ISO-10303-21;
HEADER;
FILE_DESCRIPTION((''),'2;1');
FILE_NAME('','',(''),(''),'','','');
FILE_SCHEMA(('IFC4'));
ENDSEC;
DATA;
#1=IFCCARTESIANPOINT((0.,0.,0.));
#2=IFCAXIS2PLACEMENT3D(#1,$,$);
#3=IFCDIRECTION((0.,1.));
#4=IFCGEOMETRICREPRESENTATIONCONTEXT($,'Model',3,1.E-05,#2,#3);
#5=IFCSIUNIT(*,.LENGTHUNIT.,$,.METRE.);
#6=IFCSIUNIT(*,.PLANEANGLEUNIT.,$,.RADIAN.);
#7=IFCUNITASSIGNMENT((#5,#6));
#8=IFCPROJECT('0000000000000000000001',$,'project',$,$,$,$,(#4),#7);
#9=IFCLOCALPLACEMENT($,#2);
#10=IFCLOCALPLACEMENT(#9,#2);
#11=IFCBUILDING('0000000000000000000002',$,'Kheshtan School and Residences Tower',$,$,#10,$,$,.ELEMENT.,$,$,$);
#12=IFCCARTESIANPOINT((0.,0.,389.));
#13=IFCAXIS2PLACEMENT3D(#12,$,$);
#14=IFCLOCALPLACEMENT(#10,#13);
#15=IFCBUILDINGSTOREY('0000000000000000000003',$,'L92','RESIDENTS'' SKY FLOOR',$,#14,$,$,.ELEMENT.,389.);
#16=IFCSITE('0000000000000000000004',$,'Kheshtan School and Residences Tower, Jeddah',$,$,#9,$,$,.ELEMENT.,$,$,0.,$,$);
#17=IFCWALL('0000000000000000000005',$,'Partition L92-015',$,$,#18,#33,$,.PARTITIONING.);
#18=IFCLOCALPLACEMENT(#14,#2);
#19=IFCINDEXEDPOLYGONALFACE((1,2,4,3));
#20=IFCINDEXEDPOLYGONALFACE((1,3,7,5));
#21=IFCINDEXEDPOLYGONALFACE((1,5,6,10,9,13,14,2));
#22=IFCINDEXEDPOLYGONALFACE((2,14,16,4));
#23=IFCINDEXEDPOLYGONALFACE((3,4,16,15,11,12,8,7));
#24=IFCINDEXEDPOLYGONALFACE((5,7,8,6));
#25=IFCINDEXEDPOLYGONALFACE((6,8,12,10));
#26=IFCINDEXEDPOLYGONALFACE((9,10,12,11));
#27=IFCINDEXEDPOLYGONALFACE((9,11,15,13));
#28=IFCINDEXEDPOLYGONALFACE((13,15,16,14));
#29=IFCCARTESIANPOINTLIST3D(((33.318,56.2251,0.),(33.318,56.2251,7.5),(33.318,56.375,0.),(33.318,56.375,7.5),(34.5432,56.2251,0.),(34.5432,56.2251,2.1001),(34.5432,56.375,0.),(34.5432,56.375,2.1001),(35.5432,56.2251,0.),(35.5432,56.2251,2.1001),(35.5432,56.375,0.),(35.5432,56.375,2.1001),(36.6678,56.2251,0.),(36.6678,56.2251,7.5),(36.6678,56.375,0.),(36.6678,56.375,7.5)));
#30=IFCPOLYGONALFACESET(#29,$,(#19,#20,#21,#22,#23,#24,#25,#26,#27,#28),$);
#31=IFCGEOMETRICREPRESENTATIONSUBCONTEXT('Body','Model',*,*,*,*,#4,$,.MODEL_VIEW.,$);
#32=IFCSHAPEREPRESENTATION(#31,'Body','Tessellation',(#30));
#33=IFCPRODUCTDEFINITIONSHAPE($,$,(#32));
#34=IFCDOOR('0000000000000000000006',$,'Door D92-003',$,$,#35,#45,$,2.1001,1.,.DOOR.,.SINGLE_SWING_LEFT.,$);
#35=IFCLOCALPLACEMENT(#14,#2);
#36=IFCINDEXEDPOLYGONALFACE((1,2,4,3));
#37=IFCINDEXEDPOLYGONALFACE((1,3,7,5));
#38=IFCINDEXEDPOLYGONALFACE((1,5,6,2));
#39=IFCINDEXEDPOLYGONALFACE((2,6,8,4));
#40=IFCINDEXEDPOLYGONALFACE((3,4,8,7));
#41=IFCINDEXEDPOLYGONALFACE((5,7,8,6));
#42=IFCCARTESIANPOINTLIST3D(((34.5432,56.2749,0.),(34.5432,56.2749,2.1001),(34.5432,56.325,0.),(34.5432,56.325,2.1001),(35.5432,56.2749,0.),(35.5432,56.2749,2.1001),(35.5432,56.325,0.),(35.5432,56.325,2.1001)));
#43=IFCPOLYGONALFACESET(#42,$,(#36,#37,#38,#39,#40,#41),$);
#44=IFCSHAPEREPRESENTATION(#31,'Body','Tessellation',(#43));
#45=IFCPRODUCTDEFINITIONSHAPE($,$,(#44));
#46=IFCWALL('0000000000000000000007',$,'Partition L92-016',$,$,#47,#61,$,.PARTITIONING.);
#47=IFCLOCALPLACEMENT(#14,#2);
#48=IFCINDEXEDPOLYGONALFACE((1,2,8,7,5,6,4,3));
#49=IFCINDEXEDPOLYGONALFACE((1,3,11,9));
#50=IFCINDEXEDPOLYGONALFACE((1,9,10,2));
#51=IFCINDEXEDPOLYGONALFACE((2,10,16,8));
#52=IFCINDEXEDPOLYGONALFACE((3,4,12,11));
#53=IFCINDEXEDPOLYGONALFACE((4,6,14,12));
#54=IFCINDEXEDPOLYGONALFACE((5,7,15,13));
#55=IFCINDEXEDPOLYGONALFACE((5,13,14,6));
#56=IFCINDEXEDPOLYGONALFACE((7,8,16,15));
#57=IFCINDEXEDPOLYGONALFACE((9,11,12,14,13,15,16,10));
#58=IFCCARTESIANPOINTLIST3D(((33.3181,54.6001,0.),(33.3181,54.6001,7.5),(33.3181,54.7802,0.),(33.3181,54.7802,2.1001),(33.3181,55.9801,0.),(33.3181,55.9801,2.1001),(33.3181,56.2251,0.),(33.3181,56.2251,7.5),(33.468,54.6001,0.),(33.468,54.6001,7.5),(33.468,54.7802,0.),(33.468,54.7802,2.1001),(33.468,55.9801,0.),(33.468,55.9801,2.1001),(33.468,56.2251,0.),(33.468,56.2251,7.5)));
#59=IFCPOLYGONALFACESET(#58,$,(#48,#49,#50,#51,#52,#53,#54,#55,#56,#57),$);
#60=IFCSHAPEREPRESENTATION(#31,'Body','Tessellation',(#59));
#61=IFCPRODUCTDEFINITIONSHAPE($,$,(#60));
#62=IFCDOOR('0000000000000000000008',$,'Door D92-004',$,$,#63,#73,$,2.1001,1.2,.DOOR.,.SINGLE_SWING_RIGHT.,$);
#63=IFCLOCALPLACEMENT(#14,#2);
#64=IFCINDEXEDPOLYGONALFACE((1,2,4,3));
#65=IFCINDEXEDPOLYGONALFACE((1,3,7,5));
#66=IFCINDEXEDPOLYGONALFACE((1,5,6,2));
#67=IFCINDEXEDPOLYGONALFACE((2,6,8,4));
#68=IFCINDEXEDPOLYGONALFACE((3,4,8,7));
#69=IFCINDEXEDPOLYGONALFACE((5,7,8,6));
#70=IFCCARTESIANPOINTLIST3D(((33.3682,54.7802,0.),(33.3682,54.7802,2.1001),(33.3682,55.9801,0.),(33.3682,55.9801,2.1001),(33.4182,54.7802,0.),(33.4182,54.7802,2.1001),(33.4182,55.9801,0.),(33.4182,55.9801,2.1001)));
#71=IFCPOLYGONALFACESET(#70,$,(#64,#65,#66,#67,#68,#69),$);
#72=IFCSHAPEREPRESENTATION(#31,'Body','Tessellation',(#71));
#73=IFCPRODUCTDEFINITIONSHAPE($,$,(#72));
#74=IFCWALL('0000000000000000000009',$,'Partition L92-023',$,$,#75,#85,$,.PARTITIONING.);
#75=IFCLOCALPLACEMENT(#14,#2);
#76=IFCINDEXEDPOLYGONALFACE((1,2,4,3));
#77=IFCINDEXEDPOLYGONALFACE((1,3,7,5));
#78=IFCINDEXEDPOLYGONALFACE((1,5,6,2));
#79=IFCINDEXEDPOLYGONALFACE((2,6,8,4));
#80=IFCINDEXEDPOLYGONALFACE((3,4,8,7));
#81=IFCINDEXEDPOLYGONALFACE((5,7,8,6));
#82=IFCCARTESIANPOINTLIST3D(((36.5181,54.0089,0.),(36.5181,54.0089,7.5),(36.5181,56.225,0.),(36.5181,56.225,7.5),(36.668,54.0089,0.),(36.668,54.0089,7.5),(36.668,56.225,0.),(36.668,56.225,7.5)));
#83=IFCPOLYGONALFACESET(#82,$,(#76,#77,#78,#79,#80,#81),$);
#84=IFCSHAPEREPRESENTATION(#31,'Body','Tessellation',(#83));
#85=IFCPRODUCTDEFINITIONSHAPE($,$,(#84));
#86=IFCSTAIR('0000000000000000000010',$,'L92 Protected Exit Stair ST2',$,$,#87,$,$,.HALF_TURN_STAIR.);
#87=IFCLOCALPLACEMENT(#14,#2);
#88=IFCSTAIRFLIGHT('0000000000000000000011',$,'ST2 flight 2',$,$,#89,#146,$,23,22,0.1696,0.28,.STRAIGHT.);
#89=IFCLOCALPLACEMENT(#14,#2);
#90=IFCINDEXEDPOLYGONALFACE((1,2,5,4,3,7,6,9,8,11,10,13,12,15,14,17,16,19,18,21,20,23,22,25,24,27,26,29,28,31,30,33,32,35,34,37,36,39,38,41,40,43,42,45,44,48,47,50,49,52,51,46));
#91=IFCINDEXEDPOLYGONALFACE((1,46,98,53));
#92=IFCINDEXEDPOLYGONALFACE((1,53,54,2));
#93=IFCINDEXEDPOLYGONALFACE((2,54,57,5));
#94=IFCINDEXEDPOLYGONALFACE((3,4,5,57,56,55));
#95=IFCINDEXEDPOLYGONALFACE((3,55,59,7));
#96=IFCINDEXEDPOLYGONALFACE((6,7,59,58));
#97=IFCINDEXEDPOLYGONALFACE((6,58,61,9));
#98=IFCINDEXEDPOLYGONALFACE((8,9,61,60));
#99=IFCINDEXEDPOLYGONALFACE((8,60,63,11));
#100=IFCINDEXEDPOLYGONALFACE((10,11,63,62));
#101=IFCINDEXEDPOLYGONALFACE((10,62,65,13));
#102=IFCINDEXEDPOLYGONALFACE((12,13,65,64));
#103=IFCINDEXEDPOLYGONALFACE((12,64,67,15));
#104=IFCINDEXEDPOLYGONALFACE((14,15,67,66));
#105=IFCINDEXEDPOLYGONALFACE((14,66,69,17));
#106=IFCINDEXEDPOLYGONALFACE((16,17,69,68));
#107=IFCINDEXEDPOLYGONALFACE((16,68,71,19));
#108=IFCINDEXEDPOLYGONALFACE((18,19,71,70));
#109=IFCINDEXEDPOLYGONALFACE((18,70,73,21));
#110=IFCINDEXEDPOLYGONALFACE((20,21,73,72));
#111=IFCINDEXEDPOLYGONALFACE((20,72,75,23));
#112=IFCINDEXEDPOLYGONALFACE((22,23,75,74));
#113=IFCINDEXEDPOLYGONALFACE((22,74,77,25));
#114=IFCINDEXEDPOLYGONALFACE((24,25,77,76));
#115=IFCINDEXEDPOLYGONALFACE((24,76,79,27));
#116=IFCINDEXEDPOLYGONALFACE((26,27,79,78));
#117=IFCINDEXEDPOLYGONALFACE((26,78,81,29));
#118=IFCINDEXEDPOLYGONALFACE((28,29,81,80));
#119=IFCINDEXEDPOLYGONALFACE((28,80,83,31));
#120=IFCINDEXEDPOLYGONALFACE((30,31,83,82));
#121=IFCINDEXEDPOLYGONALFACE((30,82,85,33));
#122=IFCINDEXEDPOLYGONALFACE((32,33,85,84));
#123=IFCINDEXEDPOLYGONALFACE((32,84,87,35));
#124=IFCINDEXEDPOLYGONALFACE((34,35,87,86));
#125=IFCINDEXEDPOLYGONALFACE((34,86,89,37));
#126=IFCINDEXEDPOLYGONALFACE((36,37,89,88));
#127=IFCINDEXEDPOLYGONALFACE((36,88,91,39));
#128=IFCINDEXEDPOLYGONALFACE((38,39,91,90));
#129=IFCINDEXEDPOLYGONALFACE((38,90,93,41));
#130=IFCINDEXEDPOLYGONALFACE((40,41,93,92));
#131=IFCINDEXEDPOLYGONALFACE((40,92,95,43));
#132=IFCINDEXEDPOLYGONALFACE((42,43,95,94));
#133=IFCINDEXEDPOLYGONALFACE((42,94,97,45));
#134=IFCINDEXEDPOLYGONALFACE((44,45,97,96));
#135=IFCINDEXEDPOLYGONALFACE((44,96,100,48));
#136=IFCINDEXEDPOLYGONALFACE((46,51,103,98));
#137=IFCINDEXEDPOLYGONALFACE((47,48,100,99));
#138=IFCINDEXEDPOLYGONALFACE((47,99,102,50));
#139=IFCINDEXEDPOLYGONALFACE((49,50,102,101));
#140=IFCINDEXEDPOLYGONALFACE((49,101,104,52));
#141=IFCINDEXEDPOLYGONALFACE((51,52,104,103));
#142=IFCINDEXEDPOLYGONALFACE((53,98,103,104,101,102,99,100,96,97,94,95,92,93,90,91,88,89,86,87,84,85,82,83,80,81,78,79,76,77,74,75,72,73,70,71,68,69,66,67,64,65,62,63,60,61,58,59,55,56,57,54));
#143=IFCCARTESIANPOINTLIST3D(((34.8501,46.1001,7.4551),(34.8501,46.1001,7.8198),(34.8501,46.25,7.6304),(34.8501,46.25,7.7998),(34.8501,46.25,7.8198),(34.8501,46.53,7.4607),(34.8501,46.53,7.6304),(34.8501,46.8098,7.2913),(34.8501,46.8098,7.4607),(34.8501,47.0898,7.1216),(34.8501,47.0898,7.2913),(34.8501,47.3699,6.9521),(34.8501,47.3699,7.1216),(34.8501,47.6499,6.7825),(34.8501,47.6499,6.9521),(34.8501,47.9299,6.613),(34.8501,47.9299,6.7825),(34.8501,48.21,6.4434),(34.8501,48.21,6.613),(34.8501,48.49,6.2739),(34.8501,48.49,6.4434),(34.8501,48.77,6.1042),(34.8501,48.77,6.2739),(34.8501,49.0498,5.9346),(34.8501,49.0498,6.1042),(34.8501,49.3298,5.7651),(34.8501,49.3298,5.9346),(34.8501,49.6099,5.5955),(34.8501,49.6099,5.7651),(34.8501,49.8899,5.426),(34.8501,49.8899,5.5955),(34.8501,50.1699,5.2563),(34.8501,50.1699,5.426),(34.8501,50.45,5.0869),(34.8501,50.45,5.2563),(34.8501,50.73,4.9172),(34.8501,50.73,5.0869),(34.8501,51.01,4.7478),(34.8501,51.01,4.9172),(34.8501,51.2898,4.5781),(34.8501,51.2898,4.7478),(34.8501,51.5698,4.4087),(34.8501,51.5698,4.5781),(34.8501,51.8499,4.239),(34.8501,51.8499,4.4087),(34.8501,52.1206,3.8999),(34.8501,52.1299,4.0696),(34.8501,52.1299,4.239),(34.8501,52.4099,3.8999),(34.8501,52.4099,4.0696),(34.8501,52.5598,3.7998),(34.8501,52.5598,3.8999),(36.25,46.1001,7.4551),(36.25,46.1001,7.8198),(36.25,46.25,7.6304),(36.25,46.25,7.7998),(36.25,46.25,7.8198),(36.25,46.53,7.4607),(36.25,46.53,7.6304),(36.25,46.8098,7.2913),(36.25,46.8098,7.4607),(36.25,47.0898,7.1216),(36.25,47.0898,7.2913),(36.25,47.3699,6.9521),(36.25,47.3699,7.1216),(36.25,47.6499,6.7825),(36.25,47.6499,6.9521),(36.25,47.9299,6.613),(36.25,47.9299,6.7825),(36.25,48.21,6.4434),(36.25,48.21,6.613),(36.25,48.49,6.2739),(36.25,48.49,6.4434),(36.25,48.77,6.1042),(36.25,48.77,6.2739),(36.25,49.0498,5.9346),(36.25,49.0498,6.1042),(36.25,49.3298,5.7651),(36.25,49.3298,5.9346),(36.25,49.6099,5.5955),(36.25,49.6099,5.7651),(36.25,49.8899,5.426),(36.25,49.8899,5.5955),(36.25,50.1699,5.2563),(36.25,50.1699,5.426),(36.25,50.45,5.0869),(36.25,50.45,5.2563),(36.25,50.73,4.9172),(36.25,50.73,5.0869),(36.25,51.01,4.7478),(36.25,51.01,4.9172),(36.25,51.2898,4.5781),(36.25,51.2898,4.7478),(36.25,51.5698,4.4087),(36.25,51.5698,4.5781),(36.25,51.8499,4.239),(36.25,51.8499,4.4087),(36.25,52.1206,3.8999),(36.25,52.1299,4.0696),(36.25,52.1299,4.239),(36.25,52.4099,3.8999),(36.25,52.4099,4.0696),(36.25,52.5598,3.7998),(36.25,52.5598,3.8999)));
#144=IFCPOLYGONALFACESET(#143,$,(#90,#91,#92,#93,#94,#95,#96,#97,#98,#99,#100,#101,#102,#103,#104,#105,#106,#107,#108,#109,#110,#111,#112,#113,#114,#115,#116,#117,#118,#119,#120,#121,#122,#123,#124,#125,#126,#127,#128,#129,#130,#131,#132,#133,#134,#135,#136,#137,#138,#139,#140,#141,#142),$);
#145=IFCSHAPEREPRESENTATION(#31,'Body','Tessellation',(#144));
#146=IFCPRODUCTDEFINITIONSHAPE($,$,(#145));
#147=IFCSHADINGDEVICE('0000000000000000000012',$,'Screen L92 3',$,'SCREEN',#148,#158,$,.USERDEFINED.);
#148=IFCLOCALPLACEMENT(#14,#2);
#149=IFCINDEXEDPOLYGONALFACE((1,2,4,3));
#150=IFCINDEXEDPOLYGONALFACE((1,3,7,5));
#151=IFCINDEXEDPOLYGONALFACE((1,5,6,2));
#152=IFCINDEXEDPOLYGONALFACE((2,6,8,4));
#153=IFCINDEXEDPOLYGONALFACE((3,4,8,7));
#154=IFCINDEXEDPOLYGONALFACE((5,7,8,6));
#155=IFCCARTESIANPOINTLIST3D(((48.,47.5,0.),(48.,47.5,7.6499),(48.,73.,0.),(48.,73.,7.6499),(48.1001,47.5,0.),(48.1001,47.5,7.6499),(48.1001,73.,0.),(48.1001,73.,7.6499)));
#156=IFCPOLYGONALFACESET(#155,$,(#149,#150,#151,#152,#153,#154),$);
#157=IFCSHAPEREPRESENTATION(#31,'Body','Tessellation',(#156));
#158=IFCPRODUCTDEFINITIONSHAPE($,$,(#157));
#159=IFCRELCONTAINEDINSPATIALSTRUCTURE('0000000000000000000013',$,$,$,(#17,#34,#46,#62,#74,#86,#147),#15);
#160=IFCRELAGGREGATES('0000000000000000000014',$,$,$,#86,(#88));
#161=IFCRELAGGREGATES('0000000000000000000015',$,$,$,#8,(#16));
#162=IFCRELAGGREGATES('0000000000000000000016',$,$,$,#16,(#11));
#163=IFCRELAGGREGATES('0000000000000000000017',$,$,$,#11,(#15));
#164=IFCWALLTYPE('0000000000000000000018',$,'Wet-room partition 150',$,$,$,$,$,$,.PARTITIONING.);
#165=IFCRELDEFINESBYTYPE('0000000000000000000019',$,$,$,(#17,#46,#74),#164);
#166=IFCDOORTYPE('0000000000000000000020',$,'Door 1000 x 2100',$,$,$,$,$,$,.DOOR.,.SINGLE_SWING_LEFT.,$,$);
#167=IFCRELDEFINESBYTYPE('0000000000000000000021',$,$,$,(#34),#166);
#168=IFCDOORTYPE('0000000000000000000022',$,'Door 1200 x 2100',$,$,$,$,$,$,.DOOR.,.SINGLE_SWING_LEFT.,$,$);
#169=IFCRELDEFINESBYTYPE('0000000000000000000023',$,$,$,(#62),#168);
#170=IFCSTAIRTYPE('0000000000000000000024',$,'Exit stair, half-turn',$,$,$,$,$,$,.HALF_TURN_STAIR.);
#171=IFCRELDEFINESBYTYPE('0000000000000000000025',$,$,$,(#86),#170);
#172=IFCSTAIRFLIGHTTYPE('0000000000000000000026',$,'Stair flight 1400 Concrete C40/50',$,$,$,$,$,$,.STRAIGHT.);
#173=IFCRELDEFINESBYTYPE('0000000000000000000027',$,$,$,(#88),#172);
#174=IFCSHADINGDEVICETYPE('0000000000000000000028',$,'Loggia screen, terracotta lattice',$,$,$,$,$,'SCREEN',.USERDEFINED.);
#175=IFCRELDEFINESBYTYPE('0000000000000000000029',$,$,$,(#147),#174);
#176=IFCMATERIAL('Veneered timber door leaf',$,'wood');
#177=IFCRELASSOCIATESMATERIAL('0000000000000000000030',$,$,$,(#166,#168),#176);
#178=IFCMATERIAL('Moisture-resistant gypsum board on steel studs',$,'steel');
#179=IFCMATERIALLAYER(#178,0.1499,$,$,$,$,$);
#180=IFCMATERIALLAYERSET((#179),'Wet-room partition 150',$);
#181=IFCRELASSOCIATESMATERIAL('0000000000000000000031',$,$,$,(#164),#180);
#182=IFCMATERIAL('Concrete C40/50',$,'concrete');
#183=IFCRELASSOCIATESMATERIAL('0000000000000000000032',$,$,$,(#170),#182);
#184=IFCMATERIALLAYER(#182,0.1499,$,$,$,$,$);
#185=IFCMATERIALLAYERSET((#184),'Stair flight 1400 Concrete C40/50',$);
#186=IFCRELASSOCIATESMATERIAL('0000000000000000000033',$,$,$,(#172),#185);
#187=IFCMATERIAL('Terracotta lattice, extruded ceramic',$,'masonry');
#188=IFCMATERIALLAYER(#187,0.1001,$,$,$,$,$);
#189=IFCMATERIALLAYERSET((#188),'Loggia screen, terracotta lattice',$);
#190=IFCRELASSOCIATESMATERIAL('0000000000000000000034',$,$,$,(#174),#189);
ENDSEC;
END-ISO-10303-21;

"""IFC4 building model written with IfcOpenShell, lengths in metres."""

from ifc_helpers import new_model, si_unit, direction, frame, frame_2d, origin, origin_2d, place, context, subcontext, project, spatial, polyline, rectangle, outline, extrude, source, transform, mapped, material, layer, layer_set, type_object, element, fill, aggregate, save


model = new_model("IFC4")

# Units and contexts
model_context = context("Model", 3, precision=1e-05, world=origin(), true_north=direction((0.0, 1.0)))
body_context = subcontext(model_context, "Body", "Model", "MODEL_VIEW")
ifc_project = project(units=[si_unit("LENGTHUNIT", "METRE"), si_unit("PLANEANGLEUNIT", "RADIAN")], contexts=[model_context])

# Site, building, storey
site_placement = place(None, origin())
site = spatial("IfcSite", under=ifc_project, at=site_placement, Name="Kheshtan School and Residences Tower, Jeddah", CompositionType="ELEMENT", RefElevation=0.0)
building_placement = place(site_placement, origin())
building = spatial("IfcBuilding", under=site, at=building_placement, Name="Kheshtan School and Residences Tower", CompositionType="ELEMENT")
storey_placement = place(building_placement, frame((0.0, 0.0, 389.0)))
storey = spatial("IfcBuildingStorey", under=building, at=storey_placement, Name="L92", Description="RESIDENTS' SKY FLOOR", CompositionType="ELEMENT", Elevation=389.0)

# Shared definitions
ifc_material_1 = material(Name="Veneered timber door leaf", Category="wood")
door_type_1 = type_object("IfcDoorType", Name="Door 1000 x 2100", OperationType="SINGLE_SWING_LEFT", PredefinedType="DOOR", material=ifc_material_1)
shared_shape_1 = source(origin(), body_context, "Body", "SweptSolid", [
    extrude(rectangle(XDim=1.0, YDim=2.1001, at=frame_2d((0.5, 1.05))), frame((0.0, 0.0249, 0.0), z_axis=(0.0, -1.0, 0.0), x_axis=(1.0, 0.0, 0.0)), (0.0, 0.0, 1.0), 0.05),
])

# Shared definitions
ifc_material_2 = material(Name="Concrete C40/50", Category="concrete")

# Walls, openings, doors
ifc_material_3 = material(Name="Moisture-resistant gypsum board on steel studs", Category="steel")
ifc_layer_1 = layer(ifc_material_3, 0.1499)
ifc_layer_set_1 = layer_set([ifc_layer_1], Name="Wet-room partition 150")
wall_type_1 = type_object("IfcWallType", Name="Wet-room partition 150", PredefinedType="PARTITIONING", material=ifc_layer_set_1)
wall_1_placement = place(storey_placement, frame((33.3181, 56.3, 0.0), z_axis=(0.0, 0.0, 1.0), x_axis=(1.0, 0.0, 0.0)))
wall_1 = element("IfcWall", 1, at=wall_1_placement, inside=storey, type_object=wall_type_1, Name="Partition L92-015", PredefinedType="PARTITIONING", context=body_context, shape_type="SweptSolid", body=[
    extrude(rectangle(XDim=3.3499, YDim=0.1499, at=frame_2d((1.6748, 0.0))), origin(), (0.0, 0.0, 1.0), 7.5),
])
opening_1_placement = place(wall_1_placement, frame((1.2251, 0.0, 0.0)))
opening_1 = element("IfcOpeningElement", 2, at=opening_1_placement, cuts=wall_1, PredefinedType="OPENING", context=body_context, shape_type="SweptSolid", body=[
    extrude(rectangle(XDim=1.0, YDim=2.1001, at=frame_2d((0.5, 1.05))), frame((0.0, 0.085, 0.0), z_axis=(0.0, -1.0, 0.0), x_axis=(1.0, 0.0, 0.0)), (0.0, 0.0, 1.0), 0.1699),
])
door_1_placement = place(opening_1_placement, origin())
door_1 = element("IfcDoor", 3, at=door_1_placement, inside=storey, type_object=door_type_1, Name="Door D92-003", OperationType="SINGLE_SWING_LEFT", OverallHeight=2.1001, OverallWidth=1.0, PredefinedType="DOOR", context=body_context, shape_type="MappedRepresentation", body=[
    mapped(shared_shape_1, transform((0.0, 0.0, 0.0), x_axis=(1.0, 0.0, 0.0), y_axis=(0.0, 1.0, 0.0), z_axis=(0.0, 0.0, 1.0), scale=1.0)),
])
fill(opening_1, door_1)
wall_2_placement = place(storey_placement, frame((33.3931, 54.6001, 0.0), z_axis=(0.0, 0.0, 1.0), x_axis=(0.0, 1.0, 0.0)))
wall_2 = element("IfcWall", 4, at=wall_2_placement, inside=storey, type_object=wall_type_1, Name="Partition L92-016", PredefinedType="PARTITIONING", context=body_context, shape_type="SweptSolid", body=[
    extrude(rectangle(XDim=1.625, YDim=0.1499, at=frame_2d((0.8125, 0.0))), origin(), (0.0, 0.0, 1.0), 7.5),
])
opening_2_placement = place(wall_2_placement, frame((0.1799, 0.0, 0.0)))
opening_2 = element("IfcOpeningElement", 5, at=opening_2_placement, cuts=wall_2, PredefinedType="OPENING", context=body_context, shape_type="SweptSolid", body=[
    extrude(rectangle(XDim=1.2, YDim=2.1001, at=frame_2d((0.6001, 1.05))), frame((0.0, 0.085, 0.0), z_axis=(0.0, -1.0, 0.0), x_axis=(1.0, 0.0, 0.0)), (0.0, 0.0, 1.0), 0.1699),
])
door_type_2 = type_object("IfcDoorType", Name="Door 1200 x 2100", OperationType="SINGLE_SWING_LEFT", PredefinedType="DOOR", material=ifc_material_1)
shared_shape_2 = source(origin(), body_context, "Body", "SweptSolid", [
    extrude(rectangle(XDim=1.2, YDim=2.1001, at=frame_2d((0.6001, 1.05))), frame((0.0, 0.0249, 0.0), z_axis=(0.0, -1.0, 0.0), x_axis=(1.0, 0.0, 0.0)), (0.0, 0.0, 1.0), 0.05),
])
door_2_placement = place(opening_2_placement, origin())
door_2 = element("IfcDoor", 6, at=door_2_placement, inside=storey, type_object=door_type_2, Name="Door D92-004", OperationType="SINGLE_SWING_RIGHT", OverallHeight=2.1001, OverallWidth=1.2, PredefinedType="DOOR", context=body_context, shape_type="MappedRepresentation", body=[
    mapped(shared_shape_2, transform((0.0, 0.0, 0.0), x_axis=(1.0, 0.0, 0.0), y_axis=(0.0, 1.0, 0.0), z_axis=(0.0, 0.0, 1.0), scale=1.0)),
])
fill(opening_2, door_2)

# Wall
wall_3_placement = place(storey_placement, frame((36.593, 54.009, 0.0), z_axis=(0.0, 0.0, 1.0), x_axis=(0.0, 1.0, 0.0)))
element("IfcWall", 7, at=wall_3_placement, inside=storey, type_object=wall_type_1, Name="Partition L92-023", PredefinedType="PARTITIONING", context=body_context, shape_type="SweptSolid", body=[
    extrude(rectangle(XDim=2.2161, YDim=0.1499, at=frame_2d((1.1079, 0.0))), origin(), (0.0, 0.0, 1.0), 7.5),
])

# Stair, stair flight
stair_type = type_object("IfcStairType", Name="Exit stair, half-turn", PredefinedType="HALF_TURN_STAIR", material=ifc_material_2)
stair_placement = place(storey_placement, origin())
stair = element("IfcStair", 8, at=stair_placement, inside=storey, type_object=stair_type, Name="L92 Protected Exit Stair ST2", PredefinedType="HALF_TURN_STAIR")
ifc_layer_2 = layer(ifc_material_2, 0.1499)
ifc_layer_set_2 = layer_set([ifc_layer_2], Name="Stair flight 1400 Concrete C40/50")
stair_flight_type = type_object("IfcStairFlightType", Name="Stair flight 1400 Concrete C40/50", PredefinedType="STRAIGHT", material=ifc_layer_set_2)
stair_flight_placement = place(storey_placement, frame((35.55, 52.4099, 3.8999), z_axis=(0.0, 0.0, 1.0), x_axis=(0.0, -1.0, 0.0)))
stair_flight = element("IfcStairFlight", 9, at=stair_flight_placement, type_object=stair_flight_type, Name="ST2 flight 2", NumberOfRisers=23, NumberOfTreads=22, PredefinedType="STRAIGHT", RiserHeight=0.1696, TreadLength=0.28, context=body_context, shape_type="SweptSolid", body=[
    extrude(outline(polyline([(-0.1499, -0.1001), (-0.1499, 0.0), (0.0, 0.0), (0.0, 0.1697), (0.28, 0.1697), (0.28, 0.3391), (0.5601, 0.3391), (0.5601, 0.5088), (0.8401, 0.5088), (0.8401, 0.6782), (1.1201, 0.6782), (1.1201, 0.8479), (1.3999, 0.8479), (1.3999, 1.0173), (1.6799, 1.0173), (1.6799, 1.187), (1.96, 1.187), (1.96, 1.3564), (2.24, 1.3564), (2.24, 1.5261), (2.52, 1.5261), (2.52, 1.6956), (2.8, 1.6956), (2.8, 1.8652), (3.0801, 1.8652), (3.0801, 2.0347), (3.3601, 2.0347), (3.3601, 2.2043), (3.6399, 2.2043), (3.6399, 2.374), (3.9199, 2.374), (3.9199, 2.5435), (4.2, 2.5435), (4.2, 2.7131), (4.48, 2.7131), (4.48, 2.8826), (4.76, 2.8826), (4.76, 3.0522), (5.04, 3.0522), (5.04, 3.2217), (5.3201, 3.2217), (5.3201, 3.3914), (5.6001, 3.3914), (5.6001, 3.5608), (5.8799, 3.5608), (5.8799, 3.7305), (6.1599, 3.7305), (6.1599, 3.8999), (6.1599, 3.9199), (6.3098, 3.9199), (6.3098, 3.5552), (0.2893, 0.0), (-0.1499, -0.1001)])), frame((0.0, 0.7, 0.0), z_axis=(0.0, -1.0, 0.0), x_axis=(1.0, 0.0, 0.0)), (0.0, 0.0, 1.0), 1.3999),
])
aggregate(stair, [stair_flight])

# Shading device
ifc_material_4 = material(Name="Terracotta lattice, extruded ceramic", Category="masonry")
ifc_layer_3 = layer(ifc_material_4, 0.1001)
ifc_layer_set_3 = layer_set([ifc_layer_3], Name="Loggia screen, terracotta lattice")
shading_device_type = type_object("IfcShadingDeviceType", Name="Loggia screen, terracotta lattice", ElementType="SCREEN", PredefinedType="USERDEFINED", material=ifc_layer_set_3)
shading_device_placement = place(storey_placement, frame((48.05, 60.25, 0.0), z_axis=(0.0, 0.0, 1.0), x_axis=(0.0, -1.0, 0.0)))
element("IfcShadingDevice", 10, at=shading_device_placement, inside=storey, type_object=shading_device_type, Name="Screen L92 3", ObjectType="SCREEN", PredefinedType="USERDEFINED", context=body_context, shape_type="SweptSolid", body=[
    extrude(rectangle(XDim=25.5, YDim=0.1001, at=origin_2d()), origin(), (0.0, 0.0, 1.0), 7.6499),
])

save(model, "model.ifc")
